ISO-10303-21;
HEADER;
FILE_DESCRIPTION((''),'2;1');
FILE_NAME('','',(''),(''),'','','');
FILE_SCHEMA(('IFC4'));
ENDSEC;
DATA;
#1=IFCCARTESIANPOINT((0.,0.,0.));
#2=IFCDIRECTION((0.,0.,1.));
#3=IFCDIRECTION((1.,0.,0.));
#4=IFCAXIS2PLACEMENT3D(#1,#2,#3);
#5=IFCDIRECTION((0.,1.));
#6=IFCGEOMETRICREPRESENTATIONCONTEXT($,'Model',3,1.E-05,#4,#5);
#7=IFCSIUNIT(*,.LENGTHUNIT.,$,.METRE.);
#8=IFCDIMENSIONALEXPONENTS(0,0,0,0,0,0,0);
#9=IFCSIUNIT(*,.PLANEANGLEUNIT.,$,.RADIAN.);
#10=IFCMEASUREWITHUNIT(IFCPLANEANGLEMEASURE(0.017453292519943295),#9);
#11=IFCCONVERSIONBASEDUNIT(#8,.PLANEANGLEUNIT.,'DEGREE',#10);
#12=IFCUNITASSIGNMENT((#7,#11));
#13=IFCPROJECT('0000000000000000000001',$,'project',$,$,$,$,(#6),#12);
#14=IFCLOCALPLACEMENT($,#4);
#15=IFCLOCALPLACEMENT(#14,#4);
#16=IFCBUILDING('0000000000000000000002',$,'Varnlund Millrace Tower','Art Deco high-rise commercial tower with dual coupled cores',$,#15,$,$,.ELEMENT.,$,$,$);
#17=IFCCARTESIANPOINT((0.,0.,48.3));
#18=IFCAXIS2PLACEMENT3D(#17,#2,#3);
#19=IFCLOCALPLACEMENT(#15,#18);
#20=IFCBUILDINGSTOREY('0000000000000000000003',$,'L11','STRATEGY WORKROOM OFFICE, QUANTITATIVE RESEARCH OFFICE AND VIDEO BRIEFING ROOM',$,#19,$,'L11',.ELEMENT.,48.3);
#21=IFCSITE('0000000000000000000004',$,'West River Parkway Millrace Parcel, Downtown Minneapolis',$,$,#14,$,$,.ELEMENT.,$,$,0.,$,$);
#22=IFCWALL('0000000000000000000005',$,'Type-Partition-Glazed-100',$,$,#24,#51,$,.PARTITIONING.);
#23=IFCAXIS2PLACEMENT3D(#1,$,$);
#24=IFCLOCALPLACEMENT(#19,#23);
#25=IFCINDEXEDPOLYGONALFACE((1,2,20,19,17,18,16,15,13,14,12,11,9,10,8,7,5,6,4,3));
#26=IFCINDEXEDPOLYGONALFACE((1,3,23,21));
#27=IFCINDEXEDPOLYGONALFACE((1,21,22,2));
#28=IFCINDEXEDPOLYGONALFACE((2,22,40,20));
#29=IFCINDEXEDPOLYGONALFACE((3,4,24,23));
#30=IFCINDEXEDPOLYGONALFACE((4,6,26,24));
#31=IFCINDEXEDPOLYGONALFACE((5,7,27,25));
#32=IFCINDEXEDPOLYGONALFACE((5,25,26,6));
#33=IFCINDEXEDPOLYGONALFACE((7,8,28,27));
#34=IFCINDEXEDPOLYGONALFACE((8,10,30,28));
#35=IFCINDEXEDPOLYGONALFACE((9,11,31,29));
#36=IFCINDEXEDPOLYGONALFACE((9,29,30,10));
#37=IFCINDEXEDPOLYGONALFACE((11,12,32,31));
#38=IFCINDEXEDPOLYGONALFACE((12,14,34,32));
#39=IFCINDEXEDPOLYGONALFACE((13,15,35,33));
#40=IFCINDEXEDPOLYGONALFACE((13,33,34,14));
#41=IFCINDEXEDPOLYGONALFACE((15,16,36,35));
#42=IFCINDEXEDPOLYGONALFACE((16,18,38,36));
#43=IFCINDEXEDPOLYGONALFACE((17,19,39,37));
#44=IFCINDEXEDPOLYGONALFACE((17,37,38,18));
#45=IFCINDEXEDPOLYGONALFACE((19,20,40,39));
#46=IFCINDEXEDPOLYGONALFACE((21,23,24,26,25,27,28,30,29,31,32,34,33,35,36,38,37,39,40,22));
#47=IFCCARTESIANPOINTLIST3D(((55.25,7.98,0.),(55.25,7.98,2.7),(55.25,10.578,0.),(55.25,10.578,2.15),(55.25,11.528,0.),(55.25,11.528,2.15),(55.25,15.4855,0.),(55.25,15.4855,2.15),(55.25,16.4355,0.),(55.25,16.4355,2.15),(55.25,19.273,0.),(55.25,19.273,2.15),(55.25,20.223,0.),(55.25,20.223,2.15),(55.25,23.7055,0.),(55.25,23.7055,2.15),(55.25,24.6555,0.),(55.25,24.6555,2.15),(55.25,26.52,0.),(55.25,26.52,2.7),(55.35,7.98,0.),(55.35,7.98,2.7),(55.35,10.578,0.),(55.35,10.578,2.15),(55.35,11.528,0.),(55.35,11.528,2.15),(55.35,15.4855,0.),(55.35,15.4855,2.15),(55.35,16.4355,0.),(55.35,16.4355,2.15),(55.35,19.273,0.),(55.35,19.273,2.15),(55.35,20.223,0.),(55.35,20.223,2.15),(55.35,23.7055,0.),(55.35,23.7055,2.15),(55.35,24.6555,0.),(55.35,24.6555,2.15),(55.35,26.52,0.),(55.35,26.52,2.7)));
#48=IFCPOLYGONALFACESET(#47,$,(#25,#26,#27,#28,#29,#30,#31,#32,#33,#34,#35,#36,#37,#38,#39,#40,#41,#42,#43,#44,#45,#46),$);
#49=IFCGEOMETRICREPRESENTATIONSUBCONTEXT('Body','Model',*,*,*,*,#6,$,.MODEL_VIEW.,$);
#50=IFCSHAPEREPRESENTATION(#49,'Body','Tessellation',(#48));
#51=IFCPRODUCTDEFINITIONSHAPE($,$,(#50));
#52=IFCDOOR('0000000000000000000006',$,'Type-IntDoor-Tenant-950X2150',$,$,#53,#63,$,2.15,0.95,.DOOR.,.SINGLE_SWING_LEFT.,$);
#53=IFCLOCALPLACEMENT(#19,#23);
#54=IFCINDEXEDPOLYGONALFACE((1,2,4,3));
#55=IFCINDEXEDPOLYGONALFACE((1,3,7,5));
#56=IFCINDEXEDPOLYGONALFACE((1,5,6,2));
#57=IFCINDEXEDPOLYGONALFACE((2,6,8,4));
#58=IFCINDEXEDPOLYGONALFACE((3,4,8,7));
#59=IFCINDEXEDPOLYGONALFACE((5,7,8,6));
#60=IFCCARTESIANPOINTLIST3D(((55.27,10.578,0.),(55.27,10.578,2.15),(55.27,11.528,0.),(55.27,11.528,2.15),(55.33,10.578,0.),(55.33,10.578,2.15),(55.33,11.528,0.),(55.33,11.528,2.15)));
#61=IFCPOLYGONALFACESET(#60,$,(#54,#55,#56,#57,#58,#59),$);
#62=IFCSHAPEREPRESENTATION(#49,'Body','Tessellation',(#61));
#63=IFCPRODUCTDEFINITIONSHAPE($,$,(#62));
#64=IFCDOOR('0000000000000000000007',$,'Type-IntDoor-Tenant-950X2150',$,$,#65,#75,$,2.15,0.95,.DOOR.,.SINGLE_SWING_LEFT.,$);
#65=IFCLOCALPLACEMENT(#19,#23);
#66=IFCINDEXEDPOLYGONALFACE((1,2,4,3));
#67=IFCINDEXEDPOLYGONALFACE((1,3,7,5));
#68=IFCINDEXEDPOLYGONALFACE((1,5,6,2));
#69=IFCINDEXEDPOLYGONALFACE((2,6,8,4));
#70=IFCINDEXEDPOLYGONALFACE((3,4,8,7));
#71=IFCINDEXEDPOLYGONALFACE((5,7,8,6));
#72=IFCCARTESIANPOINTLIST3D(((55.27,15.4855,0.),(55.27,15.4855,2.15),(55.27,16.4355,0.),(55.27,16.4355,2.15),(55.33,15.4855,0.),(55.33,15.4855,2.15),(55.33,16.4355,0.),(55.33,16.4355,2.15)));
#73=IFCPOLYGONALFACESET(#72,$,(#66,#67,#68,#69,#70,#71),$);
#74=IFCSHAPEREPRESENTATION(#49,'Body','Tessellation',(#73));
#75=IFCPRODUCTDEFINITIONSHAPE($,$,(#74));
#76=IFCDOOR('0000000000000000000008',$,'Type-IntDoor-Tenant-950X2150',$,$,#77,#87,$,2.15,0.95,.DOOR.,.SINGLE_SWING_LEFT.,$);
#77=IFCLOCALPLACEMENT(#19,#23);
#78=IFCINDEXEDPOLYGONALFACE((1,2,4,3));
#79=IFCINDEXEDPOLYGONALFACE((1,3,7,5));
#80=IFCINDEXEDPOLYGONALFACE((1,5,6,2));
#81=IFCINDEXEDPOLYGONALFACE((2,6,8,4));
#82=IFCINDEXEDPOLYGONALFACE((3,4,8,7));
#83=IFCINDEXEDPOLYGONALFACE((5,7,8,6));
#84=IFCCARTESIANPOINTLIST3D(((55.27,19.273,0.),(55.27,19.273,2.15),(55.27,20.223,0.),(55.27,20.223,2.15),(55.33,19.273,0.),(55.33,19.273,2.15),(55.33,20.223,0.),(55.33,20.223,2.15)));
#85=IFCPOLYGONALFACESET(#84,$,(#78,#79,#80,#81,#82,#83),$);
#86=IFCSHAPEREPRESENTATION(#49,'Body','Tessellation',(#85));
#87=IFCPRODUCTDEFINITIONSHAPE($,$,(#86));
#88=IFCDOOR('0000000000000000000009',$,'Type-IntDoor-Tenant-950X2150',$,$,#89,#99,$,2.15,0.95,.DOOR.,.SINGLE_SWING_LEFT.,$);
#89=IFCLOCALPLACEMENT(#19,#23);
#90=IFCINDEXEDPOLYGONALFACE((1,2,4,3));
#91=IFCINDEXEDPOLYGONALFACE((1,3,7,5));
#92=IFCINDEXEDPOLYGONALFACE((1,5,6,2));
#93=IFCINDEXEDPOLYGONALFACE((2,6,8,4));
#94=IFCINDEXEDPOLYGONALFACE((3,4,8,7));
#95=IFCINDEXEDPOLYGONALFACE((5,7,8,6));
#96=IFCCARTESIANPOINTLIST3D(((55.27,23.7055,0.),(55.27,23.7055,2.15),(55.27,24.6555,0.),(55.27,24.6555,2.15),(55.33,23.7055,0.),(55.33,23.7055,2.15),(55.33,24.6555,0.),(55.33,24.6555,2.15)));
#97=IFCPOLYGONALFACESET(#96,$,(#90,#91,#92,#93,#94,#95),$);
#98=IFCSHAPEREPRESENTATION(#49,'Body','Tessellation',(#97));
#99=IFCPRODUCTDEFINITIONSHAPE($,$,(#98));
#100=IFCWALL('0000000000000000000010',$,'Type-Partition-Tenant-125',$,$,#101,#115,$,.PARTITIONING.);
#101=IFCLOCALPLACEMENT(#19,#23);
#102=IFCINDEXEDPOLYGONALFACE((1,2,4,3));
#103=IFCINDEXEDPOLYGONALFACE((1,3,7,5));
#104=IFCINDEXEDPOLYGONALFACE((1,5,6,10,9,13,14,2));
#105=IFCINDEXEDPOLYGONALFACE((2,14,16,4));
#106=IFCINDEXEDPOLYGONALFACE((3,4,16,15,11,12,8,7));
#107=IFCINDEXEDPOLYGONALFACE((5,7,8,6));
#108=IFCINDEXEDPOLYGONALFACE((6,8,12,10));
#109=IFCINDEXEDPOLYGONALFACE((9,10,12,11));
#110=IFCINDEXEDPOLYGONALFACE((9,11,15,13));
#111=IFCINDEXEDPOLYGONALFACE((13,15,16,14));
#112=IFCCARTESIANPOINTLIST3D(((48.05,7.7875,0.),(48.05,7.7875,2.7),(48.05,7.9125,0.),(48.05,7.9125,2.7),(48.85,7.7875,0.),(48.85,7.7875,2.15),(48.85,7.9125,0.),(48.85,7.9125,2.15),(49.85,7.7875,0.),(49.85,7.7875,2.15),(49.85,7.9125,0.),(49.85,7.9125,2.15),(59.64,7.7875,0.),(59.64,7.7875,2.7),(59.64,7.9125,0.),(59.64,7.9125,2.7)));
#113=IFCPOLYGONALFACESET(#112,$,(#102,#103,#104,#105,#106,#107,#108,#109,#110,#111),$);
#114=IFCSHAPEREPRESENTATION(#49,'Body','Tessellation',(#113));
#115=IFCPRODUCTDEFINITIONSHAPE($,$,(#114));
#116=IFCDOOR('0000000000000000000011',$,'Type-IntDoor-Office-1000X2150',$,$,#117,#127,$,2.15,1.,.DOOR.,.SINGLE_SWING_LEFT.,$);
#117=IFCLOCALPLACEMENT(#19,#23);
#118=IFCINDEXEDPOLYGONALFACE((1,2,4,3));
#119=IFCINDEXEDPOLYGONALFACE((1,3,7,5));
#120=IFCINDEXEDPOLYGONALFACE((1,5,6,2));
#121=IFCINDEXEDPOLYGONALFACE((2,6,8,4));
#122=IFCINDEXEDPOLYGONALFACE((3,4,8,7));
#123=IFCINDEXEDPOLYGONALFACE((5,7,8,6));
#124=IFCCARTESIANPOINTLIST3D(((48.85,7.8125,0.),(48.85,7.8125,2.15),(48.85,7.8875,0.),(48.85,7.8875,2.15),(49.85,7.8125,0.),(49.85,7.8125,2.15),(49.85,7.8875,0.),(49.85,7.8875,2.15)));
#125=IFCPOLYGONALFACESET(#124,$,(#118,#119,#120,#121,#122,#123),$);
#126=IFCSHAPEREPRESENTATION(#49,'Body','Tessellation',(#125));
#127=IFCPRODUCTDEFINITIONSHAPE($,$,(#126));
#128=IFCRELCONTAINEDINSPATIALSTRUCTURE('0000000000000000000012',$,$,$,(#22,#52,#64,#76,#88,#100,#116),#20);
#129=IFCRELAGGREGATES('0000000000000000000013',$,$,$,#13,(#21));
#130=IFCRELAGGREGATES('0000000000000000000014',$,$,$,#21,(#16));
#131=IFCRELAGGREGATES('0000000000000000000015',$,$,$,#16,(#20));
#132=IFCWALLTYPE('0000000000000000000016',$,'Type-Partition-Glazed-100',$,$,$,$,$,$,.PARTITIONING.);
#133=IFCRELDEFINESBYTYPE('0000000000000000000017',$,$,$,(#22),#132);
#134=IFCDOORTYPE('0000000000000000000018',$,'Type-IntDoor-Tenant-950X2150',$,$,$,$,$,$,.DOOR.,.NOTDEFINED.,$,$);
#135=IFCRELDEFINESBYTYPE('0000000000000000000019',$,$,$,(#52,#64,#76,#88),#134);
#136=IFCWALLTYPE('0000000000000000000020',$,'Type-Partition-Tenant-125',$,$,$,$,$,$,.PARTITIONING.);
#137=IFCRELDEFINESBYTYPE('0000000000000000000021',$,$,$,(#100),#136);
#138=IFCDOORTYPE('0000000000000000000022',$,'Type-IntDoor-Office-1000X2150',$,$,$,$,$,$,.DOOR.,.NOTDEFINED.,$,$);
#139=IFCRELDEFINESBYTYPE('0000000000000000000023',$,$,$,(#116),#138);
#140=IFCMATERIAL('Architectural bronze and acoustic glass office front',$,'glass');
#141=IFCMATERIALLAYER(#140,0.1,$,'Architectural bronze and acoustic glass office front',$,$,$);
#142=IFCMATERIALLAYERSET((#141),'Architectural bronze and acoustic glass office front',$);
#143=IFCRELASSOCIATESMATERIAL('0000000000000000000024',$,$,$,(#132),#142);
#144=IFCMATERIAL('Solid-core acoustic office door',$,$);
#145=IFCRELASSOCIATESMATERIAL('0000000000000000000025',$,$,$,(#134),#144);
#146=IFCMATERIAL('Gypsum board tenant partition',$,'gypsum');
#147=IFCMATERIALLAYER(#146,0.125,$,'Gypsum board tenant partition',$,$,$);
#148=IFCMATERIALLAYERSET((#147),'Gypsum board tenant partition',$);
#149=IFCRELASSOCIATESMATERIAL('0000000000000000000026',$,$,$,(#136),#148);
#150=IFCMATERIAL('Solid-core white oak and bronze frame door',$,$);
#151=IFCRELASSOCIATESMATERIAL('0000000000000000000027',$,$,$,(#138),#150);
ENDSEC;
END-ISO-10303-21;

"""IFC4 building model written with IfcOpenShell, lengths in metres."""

from ifc_helpers import new_model, entity, si_unit, converted_unit, direction, frame, origin_with_axes, origin_2d_with_axis, place, context, subcontext, project, spatial, polyline, rectangle, outline, extrude, material, layer, layer_set, type_object, element, fill, save


model = new_model("IFC4")

# Units and contexts
model_context = context("Model", 3, precision=1e-05, world=origin_with_axes(), true_north=direction((0.0, 1.0)))
body_context = subcontext(model_context, "Body", "Model", "MODEL_VIEW")
ifc_project = project(units=[si_unit("LENGTHUNIT", "METRE"), converted_unit("PLANEANGLEUNIT", "DEGREE", entity("IfcPlaneAngleMeasure", 0.017453292519943295), si_unit("PLANEANGLEUNIT", "RADIAN"), dimensions=[0, 0, 0, 0, 0, 0, 0])], contexts=[model_context])

# Site, building, storey
site_placement = place(None, origin_with_axes())
site = spatial("IfcSite", under=ifc_project, at=site_placement, Name="West River Parkway Millrace Parcel, Downtown Minneapolis", CompositionType="ELEMENT", RefElevation=0.0)
building_placement = place(site_placement, origin_with_axes())
building = spatial("IfcBuilding", under=site, at=building_placement, Name="Varnlund Millrace Tower", Description="Art Deco high-rise commercial tower with dual coupled cores", CompositionType="ELEMENT")
storey_placement = place(building_placement, frame((0.0, 0.0, 48.3), z_axis=(0.0, 0.0, 1.0), x_axis=(1.0, 0.0, 0.0)))
storey = spatial("IfcBuildingStorey", under=building, at=storey_placement, Name="L11", Description="STRATEGY WORKROOM OFFICE, QUANTITATIVE RESEARCH OFFICE AND VIDEO BRIEFING ROOM", LongName="L11", CompositionType="ELEMENT", Elevation=48.3)

# Wall, openings, doors
ifc_material_1 = material(Name="Architectural bronze and acoustic glass office front", Category="glass")
ifc_layer_1 = layer(ifc_material_1, 0.1, Name="Architectural bronze and acoustic glass office front")
ifc_layer_set_1 = layer_set([ifc_layer_1], Name="Architectural bronze and acoustic glass office front")
wall_type_1 = type_object("IfcWallType", Name="Type-Partition-Glazed-100", PredefinedType="PARTITIONING", material=ifc_layer_set_1)
wall_1_placement = place(storey_placement, frame((55.3, 7.98, 0.0), z_axis=(0.0, 0.0, 1.0), x_axis=(0.0, 1.0, 0.0)))
wall_1 = element("IfcWall", 1, at=wall_1_placement, inside=storey, type_object=wall_type_1, Name="Type-Partition-Glazed-100", PredefinedType="PARTITIONING", context=body_context, shape_type="SweptSolid", body=[
    extrude(outline(polyline([(0.0, -0.05), (18.54, -0.05), (18.54, 0.05), (0.0, 0.05), (0.0, -0.05)])), origin_with_axes(), (0.0, 0.0, 1.0), 2.7),
])
opening_1_placement = place(wall_1_placement, frame((3.073, 0.0, 0.0), z_axis=(0.0, 0.0, 1.0), x_axis=(1.0, 0.0, 0.0)))
opening_1 = element("IfcOpeningElement", 2, at=opening_1_placement, cuts=wall_1, PredefinedType="OPENING", context=body_context, shape_type="SweptSolid", body=[
    extrude(rectangle(XDim=0.95, YDim=0.12, at=origin_2d_with_axis()), origin_with_axes(), (0.0, 0.0, 1.0), 2.15),
])
opening_2_placement = place(wall_1_placement, frame((7.9805, 0.0, 0.0), z_axis=(0.0, 0.0, 1.0), x_axis=(1.0, 0.0, 0.0)))
opening_2 = element("IfcOpeningElement", 3, at=opening_2_placement, cuts=wall_1, PredefinedType="OPENING", context=body_context, shape_type="SweptSolid", body=[
    extrude(rectangle(XDim=0.95, YDim=0.12, at=origin_2d_with_axis()), origin_with_axes(), (0.0, 0.0, 1.0), 2.15),
])
opening_3_placement = place(wall_1_placement, frame((11.768, 0.0, 0.0), z_axis=(0.0, 0.0, 1.0), x_axis=(1.0, 0.0, 0.0)))
opening_3 = element("IfcOpeningElement", 4, at=opening_3_placement, cuts=wall_1, PredefinedType="OPENING", context=body_context, shape_type="SweptSolid", body=[
    extrude(rectangle(XDim=0.95, YDim=0.12, at=origin_2d_with_axis()), origin_with_axes(), (0.0, 0.0, 1.0), 2.15),
])
opening_4_placement = place(wall_1_placement, frame((16.2005, 0.0, 0.0), z_axis=(0.0, 0.0, 1.0), x_axis=(1.0, 0.0, 0.0)))
opening_4 = element("IfcOpeningElement", 5, at=opening_4_placement, cuts=wall_1, PredefinedType="OPENING", context=body_context, shape_type="SweptSolid", body=[
    extrude(rectangle(XDim=0.95, YDim=0.12, at=origin_2d_with_axis()), origin_with_axes(), (0.0, 0.0, 1.0), 2.15),
])
ifc_material_2 = material(Name="Solid-core acoustic office door")
door_type_1 = type_object("IfcDoorType", Name="Type-IntDoor-Tenant-950X2150", OperationType="NOTDEFINED", PredefinedType="DOOR", material=ifc_material_2)
door_1_placement = place(wall_1_placement, frame((3.073, 0.0, 0.0), z_axis=(0.0, 0.0, 1.0), x_axis=(1.0, 0.0, 0.0)))
door_1 = element("IfcDoor", 6, at=door_1_placement, inside=storey, type_object=door_type_1, Name="Type-IntDoor-Tenant-950X2150", OperationType="SINGLE_SWING_LEFT", OverallHeight=2.15, OverallWidth=0.95, PredefinedType="DOOR", context=body_context, shape_type="SweptSolid", body=[
    extrude(rectangle(XDim=0.95, YDim=0.06, at=origin_2d_with_axis()), origin_with_axes(), (0.0, 0.0, 1.0), 2.15),
])
fill(opening_1, door_1)
door_2_placement = place(wall_1_placement, frame((7.9805, 0.0, 0.0), z_axis=(0.0, 0.0, 1.0), x_axis=(1.0, 0.0, 0.0)))
door_2 = element("IfcDoor", 7, at=door_2_placement, inside=storey, type_object=door_type_1, Name="Type-IntDoor-Tenant-950X2150", OperationType="SINGLE_SWING_LEFT", OverallHeight=2.15, OverallWidth=0.95, PredefinedType="DOOR", context=body_context, shape_type="SweptSolid", body=[
    extrude(rectangle(XDim=0.95, YDim=0.06, at=origin_2d_with_axis()), origin_with_axes(), (0.0, 0.0, 1.0), 2.15),
])
fill(opening_2, door_2)
door_3_placement = place(wall_1_placement, frame((11.768, 0.0, 0.0), z_axis=(0.0, 0.0, 1.0), x_axis=(1.0, 0.0, 0.0)))
door_3 = element("IfcDoor", 8, at=door_3_placement, inside=storey, type_object=door_type_1, Name="Type-IntDoor-Tenant-950X2150", OperationType="SINGLE_SWING_LEFT", OverallHeight=2.15, OverallWidth=0.95, PredefinedType="DOOR", context=body_context, shape_type="SweptSolid", body=[
    extrude(rectangle(XDim=0.95, YDim=0.06, at=origin_2d_with_axis()), origin_with_axes(), (0.0, 0.0, 1.0), 2.15),
])
fill(opening_3, door_3)
door_4_placement = place(wall_1_placement, frame((16.2005, 0.0, 0.0), z_axis=(0.0, 0.0, 1.0), x_axis=(1.0, 0.0, 0.0)))
door_4 = element("IfcDoor", 9, at=door_4_placement, inside=storey, type_object=door_type_1, Name="Type-IntDoor-Tenant-950X2150", OperationType="SINGLE_SWING_LEFT", OverallHeight=2.15, OverallWidth=0.95, PredefinedType="DOOR", context=body_context, shape_type="SweptSolid", body=[
    extrude(rectangle(XDim=0.95, YDim=0.06, at=origin_2d_with_axis()), origin_with_axes(), (0.0, 0.0, 1.0), 2.15),
])
fill(opening_4, door_4)

# Wall, opening, door
ifc_material_3 = material(Name="Gypsum board tenant partition", Category="gypsum")
ifc_layer_2 = layer(ifc_material_3, 0.125, Name="Gypsum board tenant partition")
ifc_layer_set_2 = layer_set([ifc_layer_2], Name="Gypsum board tenant partition")
wall_type_2 = type_object("IfcWallType", Name="Type-Partition-Tenant-125", PredefinedType="PARTITIONING", material=ifc_layer_set_2)
wall_2_placement = place(storey_placement, frame((59.64, 7.85, 0.0), z_axis=(0.0, 0.0, 1.0), x_axis=(-1.0, 0.0, 0.0)))
wall_2 = element("IfcWall", 10, at=wall_2_placement, inside=storey, type_object=wall_type_2, Name="Type-Partition-Tenant-125", PredefinedType="PARTITIONING", context=body_context, shape_type="SweptSolid", body=[
    extrude(outline(polyline([(0.0, -0.0625), (11.59, -0.0625), (11.59, 0.0625), (0.0, 0.0625), (0.0, -0.0625)])), origin_with_axes(), (0.0, 0.0, 1.0), 2.7),
])
opening_5_placement = place(wall_2_placement, frame((10.29, 0.0, 0.0), z_axis=(0.0, 0.0, 1.0), x_axis=(1.0, 0.0, 0.0)))
opening_5 = element("IfcOpeningElement", 11, at=opening_5_placement, cuts=wall_2, PredefinedType="OPENING", context=body_context, shape_type="SweptSolid", body=[
    extrude(rectangle(XDim=1.0, YDim=0.145, at=origin_2d_with_axis()), origin_with_axes(), (0.0, 0.0, 1.0), 2.15),
])
ifc_material_4 = material(Name="Solid-core white oak and bronze frame door")
door_type_2 = type_object("IfcDoorType", Name="Type-IntDoor-Office-1000X2150", OperationType="NOTDEFINED", PredefinedType="DOOR", material=ifc_material_4)
door_5_placement = place(wall_2_placement, frame((10.29, 0.0, 0.0), z_axis=(0.0, 0.0, 1.0), x_axis=(1.0, 0.0, 0.0)))
door_5 = element("IfcDoor", 12, at=door_5_placement, inside=storey, type_object=door_type_2, Name="Type-IntDoor-Office-1000X2150", OperationType="SINGLE_SWING_LEFT", OverallHeight=2.15, OverallWidth=1.0, PredefinedType="DOOR", context=body_context, shape_type="SweptSolid", body=[
    extrude(rectangle(XDim=1.0, YDim=0.075, at=origin_2d_with_axis()), origin_with_axes(), (0.0, 0.0, 1.0), 2.15),
])
fill(opening_5, door_5)

save(model, "model.ifc")
